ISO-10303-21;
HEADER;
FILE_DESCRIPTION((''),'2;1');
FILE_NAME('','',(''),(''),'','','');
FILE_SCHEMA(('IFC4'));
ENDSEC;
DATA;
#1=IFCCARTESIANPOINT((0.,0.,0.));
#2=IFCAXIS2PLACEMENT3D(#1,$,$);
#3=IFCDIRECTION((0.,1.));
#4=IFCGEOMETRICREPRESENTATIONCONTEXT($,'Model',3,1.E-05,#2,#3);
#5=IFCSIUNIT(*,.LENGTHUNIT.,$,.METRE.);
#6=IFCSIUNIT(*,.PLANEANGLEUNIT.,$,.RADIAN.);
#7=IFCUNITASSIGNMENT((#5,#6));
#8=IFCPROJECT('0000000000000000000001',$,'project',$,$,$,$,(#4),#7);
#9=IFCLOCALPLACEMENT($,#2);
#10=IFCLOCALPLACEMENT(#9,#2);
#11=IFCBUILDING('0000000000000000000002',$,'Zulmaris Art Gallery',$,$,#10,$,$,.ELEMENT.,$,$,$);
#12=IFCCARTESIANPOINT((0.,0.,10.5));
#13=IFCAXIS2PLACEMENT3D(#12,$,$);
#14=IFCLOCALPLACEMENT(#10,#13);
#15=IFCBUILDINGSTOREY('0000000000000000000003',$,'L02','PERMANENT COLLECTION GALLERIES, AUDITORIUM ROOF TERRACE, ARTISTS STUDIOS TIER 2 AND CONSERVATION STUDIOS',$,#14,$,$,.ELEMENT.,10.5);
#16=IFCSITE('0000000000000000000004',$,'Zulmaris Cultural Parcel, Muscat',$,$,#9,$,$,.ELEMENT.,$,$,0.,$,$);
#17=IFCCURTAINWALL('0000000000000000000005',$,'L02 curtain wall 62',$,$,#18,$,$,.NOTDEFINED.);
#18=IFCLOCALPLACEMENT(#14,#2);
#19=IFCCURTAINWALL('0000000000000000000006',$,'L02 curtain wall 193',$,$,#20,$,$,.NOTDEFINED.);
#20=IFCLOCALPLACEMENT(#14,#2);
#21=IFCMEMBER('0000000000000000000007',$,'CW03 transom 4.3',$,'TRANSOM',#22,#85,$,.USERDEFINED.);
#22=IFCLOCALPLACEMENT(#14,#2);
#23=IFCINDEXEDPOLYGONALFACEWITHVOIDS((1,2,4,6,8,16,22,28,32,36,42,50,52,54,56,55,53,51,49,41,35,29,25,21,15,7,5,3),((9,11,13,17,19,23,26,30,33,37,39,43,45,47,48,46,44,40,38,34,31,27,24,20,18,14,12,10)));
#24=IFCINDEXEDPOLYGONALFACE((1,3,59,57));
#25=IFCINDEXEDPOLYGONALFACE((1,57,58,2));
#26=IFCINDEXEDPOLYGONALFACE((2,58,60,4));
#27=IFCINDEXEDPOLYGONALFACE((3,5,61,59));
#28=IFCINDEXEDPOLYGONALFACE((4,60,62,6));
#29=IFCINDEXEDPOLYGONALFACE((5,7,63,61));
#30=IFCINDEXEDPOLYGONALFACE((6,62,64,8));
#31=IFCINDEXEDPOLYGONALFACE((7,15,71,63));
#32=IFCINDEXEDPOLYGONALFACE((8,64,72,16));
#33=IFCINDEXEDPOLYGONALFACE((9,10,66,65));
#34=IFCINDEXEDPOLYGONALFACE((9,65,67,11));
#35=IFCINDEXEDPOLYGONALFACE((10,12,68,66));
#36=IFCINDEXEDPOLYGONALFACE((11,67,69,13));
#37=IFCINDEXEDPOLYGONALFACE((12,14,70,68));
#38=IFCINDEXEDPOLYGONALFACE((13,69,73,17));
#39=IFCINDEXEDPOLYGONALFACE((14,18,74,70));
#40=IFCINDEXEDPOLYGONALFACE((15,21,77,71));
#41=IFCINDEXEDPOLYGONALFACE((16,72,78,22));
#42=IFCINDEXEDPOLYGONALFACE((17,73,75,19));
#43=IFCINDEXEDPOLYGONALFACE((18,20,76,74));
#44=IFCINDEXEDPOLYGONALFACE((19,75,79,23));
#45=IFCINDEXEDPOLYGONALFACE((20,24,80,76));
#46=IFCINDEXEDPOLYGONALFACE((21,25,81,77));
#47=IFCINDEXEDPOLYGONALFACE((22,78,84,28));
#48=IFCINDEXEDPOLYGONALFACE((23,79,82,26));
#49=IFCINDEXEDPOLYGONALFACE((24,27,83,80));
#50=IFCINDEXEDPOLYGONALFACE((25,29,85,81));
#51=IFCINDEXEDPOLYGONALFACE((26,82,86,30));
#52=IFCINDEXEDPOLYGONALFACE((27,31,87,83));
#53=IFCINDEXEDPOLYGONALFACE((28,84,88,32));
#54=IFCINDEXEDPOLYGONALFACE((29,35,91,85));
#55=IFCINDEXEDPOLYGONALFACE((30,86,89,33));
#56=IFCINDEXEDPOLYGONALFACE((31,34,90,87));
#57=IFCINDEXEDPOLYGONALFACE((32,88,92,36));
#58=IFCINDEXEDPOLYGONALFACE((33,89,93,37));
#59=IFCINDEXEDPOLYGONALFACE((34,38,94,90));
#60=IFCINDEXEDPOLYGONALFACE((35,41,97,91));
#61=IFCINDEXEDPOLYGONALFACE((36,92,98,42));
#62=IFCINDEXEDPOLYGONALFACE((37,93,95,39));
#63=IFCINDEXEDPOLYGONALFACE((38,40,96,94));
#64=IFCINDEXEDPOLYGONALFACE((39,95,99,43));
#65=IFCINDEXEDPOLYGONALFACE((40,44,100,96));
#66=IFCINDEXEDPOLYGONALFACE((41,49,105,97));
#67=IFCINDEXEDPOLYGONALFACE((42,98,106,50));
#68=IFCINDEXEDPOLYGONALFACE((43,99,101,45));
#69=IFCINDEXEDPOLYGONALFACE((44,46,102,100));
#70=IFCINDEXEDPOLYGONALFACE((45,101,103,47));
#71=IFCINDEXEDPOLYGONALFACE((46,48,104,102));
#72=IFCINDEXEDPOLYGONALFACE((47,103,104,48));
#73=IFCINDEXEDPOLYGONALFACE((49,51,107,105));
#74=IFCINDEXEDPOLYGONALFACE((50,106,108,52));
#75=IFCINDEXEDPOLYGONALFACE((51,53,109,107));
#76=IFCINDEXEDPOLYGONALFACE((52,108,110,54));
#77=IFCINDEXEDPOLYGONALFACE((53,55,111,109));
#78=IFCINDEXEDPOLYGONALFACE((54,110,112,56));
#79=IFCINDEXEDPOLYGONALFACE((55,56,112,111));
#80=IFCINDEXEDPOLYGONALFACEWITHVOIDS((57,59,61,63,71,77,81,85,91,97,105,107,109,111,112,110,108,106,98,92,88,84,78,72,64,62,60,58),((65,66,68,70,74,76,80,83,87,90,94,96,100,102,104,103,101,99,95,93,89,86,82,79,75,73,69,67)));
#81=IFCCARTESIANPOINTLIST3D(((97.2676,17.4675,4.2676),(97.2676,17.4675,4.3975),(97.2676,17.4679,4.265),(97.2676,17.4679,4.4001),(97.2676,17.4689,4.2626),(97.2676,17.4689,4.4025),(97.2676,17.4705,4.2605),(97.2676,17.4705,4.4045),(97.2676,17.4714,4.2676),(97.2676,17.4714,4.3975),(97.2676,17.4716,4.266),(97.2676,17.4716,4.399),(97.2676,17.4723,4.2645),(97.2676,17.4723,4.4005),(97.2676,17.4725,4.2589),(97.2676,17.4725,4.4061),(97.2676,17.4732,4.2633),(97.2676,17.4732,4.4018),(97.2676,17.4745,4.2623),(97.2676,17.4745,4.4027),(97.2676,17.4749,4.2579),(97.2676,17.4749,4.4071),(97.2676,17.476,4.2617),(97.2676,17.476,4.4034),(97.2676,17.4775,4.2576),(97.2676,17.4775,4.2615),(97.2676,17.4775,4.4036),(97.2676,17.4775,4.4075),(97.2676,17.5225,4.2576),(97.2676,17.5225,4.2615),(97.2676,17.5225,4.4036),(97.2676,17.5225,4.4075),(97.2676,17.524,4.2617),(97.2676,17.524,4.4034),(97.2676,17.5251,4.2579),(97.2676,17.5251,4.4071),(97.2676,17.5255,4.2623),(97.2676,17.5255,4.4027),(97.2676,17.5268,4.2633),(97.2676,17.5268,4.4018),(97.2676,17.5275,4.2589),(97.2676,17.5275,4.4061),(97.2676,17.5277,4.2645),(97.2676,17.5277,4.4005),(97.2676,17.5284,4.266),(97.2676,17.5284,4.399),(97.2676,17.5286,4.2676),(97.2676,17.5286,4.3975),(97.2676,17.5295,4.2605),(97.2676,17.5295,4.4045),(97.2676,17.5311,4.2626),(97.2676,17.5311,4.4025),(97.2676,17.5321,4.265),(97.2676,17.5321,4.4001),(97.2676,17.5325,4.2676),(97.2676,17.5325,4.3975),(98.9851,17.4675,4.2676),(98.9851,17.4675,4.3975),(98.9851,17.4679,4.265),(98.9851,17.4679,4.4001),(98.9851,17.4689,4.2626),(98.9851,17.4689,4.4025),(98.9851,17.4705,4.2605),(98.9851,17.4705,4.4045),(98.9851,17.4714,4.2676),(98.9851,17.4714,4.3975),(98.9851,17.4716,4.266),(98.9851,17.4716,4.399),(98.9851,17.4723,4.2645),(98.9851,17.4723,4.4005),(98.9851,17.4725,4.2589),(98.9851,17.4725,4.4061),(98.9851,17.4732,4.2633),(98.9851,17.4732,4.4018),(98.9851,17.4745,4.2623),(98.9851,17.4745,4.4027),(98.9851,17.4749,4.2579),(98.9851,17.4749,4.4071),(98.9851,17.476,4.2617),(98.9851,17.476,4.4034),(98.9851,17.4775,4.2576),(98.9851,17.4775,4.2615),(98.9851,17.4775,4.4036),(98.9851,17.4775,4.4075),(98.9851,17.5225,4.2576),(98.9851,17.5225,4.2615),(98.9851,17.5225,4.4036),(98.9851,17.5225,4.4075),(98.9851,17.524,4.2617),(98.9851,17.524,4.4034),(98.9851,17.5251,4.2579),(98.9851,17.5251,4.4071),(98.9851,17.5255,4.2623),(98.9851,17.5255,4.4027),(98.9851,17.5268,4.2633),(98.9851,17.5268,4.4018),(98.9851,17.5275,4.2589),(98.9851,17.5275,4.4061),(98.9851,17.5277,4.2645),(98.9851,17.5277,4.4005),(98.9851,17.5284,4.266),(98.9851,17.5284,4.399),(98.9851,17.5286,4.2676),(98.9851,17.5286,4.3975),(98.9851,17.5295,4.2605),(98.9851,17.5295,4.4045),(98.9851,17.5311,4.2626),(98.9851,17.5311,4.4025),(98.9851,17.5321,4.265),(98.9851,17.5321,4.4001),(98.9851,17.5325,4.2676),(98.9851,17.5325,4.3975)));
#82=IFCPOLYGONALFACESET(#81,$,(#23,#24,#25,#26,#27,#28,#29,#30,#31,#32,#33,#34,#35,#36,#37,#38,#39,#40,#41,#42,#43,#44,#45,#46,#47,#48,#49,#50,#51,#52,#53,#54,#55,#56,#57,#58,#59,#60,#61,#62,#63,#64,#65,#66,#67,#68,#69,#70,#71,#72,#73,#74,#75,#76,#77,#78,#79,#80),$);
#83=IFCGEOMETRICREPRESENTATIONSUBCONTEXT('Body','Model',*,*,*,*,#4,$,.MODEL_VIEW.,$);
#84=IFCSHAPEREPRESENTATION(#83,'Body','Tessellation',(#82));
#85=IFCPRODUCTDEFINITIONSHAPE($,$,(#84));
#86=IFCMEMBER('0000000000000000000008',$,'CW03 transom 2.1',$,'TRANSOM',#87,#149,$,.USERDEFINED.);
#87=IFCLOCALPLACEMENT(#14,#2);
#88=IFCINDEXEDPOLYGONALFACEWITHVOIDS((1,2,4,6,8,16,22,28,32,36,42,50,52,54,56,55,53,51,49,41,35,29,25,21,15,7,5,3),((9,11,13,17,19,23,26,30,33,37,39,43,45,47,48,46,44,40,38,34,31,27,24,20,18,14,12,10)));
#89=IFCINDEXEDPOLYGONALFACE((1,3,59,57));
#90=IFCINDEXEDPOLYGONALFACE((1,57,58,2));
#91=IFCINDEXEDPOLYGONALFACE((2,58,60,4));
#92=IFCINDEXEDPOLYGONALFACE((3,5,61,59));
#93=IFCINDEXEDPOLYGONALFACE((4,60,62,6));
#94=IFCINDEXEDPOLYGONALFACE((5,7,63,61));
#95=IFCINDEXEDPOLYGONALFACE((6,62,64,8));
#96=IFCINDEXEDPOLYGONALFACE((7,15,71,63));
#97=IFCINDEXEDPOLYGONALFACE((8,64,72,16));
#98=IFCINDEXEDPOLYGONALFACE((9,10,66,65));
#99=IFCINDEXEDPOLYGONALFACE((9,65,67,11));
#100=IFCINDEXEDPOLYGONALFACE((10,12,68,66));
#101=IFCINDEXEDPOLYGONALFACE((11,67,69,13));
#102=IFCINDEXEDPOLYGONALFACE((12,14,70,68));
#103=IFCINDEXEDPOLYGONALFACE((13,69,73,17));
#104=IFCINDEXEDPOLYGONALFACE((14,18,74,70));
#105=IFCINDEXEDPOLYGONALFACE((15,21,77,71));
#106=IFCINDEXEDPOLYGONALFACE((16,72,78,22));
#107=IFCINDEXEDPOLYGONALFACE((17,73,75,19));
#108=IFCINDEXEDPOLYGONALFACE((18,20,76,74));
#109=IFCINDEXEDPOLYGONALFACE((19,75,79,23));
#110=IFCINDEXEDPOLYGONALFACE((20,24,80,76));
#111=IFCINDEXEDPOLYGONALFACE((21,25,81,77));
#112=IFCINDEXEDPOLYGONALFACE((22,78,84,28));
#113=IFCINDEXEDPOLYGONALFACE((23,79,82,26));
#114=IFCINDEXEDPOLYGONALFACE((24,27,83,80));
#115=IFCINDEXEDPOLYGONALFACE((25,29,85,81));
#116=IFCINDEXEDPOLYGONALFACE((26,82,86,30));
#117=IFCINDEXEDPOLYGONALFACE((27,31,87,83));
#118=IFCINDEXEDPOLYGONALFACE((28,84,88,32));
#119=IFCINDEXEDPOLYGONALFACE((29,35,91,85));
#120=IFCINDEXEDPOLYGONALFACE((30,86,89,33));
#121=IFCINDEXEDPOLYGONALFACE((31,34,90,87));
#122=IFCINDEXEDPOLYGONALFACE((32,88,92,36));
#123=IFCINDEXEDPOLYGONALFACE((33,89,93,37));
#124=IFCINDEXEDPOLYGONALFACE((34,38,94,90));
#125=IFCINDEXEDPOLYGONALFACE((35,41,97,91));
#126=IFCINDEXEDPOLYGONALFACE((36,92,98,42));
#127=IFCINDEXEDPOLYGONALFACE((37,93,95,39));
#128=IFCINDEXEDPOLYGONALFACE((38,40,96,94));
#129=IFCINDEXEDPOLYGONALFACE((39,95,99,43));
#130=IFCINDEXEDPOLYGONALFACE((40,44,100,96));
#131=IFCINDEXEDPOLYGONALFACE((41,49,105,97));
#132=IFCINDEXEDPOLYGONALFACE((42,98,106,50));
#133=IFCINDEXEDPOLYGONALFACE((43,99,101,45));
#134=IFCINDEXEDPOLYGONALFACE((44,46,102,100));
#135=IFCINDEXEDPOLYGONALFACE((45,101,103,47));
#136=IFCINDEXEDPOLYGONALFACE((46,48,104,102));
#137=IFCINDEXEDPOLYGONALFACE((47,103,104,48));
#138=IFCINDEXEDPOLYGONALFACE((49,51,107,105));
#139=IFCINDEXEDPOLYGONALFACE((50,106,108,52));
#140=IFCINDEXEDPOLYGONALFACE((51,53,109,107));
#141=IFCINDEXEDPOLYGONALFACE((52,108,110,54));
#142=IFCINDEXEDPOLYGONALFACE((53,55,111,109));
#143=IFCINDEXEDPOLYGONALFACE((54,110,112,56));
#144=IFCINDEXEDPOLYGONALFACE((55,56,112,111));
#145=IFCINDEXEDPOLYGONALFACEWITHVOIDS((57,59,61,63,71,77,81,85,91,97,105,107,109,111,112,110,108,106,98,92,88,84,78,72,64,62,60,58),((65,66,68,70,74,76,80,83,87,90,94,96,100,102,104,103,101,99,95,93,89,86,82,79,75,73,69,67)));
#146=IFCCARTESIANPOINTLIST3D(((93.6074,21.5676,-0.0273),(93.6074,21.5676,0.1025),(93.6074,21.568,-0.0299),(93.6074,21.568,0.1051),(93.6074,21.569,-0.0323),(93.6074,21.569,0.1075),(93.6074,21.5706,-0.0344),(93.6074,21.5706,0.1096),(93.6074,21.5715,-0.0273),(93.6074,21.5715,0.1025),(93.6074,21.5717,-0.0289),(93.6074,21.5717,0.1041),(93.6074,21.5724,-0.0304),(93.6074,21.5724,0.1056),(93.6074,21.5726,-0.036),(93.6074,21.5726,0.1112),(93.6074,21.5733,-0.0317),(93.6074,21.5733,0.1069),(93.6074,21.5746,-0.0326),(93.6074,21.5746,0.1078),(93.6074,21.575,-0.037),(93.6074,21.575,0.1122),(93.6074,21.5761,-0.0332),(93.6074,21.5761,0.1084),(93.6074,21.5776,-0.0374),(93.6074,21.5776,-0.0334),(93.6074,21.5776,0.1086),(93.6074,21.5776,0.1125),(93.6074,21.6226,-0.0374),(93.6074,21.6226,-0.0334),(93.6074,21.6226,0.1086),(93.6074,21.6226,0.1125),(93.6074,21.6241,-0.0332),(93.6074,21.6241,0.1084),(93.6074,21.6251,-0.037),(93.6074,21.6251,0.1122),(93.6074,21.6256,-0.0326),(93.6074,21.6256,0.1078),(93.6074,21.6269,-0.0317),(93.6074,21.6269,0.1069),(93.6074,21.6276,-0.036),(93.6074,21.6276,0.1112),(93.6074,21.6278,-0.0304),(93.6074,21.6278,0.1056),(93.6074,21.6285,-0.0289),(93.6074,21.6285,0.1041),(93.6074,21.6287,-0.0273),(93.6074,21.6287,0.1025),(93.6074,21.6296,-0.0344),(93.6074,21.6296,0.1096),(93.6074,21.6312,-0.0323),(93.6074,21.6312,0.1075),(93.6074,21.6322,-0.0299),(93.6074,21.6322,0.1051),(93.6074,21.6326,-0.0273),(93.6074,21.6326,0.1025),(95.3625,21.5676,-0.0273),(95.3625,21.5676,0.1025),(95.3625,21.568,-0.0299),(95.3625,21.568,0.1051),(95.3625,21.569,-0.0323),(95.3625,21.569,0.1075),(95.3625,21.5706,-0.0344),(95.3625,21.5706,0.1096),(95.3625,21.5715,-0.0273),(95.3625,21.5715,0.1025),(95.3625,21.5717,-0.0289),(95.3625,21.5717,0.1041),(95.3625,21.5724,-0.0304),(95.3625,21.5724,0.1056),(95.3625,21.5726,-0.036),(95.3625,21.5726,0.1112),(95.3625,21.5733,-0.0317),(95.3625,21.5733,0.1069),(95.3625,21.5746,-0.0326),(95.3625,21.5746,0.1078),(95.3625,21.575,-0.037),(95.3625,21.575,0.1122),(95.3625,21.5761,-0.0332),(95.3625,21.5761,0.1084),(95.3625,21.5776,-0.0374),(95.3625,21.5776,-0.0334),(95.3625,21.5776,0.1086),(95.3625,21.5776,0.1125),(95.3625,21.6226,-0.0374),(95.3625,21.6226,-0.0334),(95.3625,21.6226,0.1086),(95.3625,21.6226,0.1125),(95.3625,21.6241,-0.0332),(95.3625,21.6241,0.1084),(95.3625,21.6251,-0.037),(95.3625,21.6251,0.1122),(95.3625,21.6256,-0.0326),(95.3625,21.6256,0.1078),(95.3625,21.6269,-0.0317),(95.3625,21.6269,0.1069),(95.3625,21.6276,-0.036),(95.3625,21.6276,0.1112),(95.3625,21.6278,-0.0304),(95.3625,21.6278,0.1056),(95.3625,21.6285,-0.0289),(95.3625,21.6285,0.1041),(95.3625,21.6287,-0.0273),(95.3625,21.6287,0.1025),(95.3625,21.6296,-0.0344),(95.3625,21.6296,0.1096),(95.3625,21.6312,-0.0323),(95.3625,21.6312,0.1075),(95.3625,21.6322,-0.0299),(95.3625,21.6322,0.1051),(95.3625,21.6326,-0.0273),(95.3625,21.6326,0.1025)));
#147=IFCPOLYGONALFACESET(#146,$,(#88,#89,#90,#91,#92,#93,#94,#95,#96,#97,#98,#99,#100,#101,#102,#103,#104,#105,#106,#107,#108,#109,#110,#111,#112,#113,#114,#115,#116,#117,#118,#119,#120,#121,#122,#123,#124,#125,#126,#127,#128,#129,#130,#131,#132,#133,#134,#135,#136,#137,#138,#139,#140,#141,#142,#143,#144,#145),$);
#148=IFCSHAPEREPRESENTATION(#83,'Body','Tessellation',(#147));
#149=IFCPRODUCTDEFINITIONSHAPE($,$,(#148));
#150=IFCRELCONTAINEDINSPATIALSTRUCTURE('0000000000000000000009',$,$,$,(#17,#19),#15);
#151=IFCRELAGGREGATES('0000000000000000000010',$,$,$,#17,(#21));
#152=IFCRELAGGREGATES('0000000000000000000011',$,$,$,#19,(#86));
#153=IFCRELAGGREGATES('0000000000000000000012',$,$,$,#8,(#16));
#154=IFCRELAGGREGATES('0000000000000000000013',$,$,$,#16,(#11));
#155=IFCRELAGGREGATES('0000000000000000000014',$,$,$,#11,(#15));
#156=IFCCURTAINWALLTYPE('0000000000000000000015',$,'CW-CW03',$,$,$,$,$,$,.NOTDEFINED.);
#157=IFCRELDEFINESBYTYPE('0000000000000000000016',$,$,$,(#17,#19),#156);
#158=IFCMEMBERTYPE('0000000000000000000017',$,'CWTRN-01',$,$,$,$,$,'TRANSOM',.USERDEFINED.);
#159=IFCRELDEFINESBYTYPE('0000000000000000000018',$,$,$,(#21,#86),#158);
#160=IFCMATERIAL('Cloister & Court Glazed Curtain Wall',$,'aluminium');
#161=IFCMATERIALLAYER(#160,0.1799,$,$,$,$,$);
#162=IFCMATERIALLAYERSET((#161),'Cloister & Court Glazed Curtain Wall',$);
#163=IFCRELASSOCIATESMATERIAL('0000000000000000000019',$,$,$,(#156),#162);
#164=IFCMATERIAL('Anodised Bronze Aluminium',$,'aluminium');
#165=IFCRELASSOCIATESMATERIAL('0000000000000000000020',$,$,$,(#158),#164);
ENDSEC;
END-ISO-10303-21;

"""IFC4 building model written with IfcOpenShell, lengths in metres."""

from ifc_helpers import new_model, si_unit, direction, frame, origin, origin_2d, place, context, subcontext, project, spatial, hollow_rectangle, extrude, material, layer, layer_set, material_profile, profile_set, type_object, element, aggregate, save


model = new_model("IFC4")

# Units and contexts
model_context = context("Model", 3, precision=1e-05, world=origin(), true_north=direction((0.0, 1.0)))
body_context = subcontext(model_context, "Body", "Model", "MODEL_VIEW")
ifc_project = project(units=[si_unit("LENGTHUNIT", "METRE"), si_unit("PLANEANGLEUNIT", "RADIAN")], contexts=[model_context])

# Site, building, storey
site_placement = place(None, origin())
site = spatial("IfcSite", under=ifc_project, at=site_placement, Name="Zulmaris Cultural Parcel, Muscat", CompositionType="ELEMENT", RefElevation=0.0)
building_placement = place(site_placement, origin())
building = spatial("IfcBuilding", under=site, at=building_placement, Name="Zulmaris Art Gallery", CompositionType="ELEMENT")
storey_placement = place(building_placement, frame((0.0, 0.0, 10.5)))
storey = spatial("IfcBuildingStorey", under=building, at=storey_placement, Name="L02", Description="PERMANENT COLLECTION GALLERIES, AUDITORIUM ROOF TERRACE, ARTISTS STUDIOS TIER 2 AND CONSERVATION STUDIOS", CompositionType="ELEMENT", Elevation=10.5)

# Curtain walls
ifc_material_1 = material(Name="Cloister & Court Glazed Curtain Wall", Category="aluminium")
ifc_layer_1 = layer(ifc_material_1, 0.1799)
ifc_layer_set_1 = layer_set([ifc_layer_1], Name="Cloister & Court Glazed Curtain Wall")
curtain_wall_type = type_object("IfcCurtainWallType", Name="CW-CW03", PredefinedType="NOTDEFINED", material=ifc_layer_set_1)
curtain_wall_1_placement = place(storey_placement, origin())
curtain_wall_1 = element("IfcCurtainWall", 1, at=curtain_wall_1_placement, inside=storey, type_object=curtain_wall_type, Name="L02 curtain wall 62", PredefinedType="NOTDEFINED")
ifc_material_2 = material(Name="Anodised Bronze Aluminium", Category="aluminium")
curtain_wall_2_placement = place(storey_placement, origin())
curtain_wall_2 = element("IfcCurtainWall", 2, at=curtain_wall_2_placement, inside=storey, type_object=curtain_wall_type, Name="L02 curtain wall 193", PredefinedType="NOTDEFINED")

# Members
ifc_material_profile_1 = material_profile(ifc_material_2, hollow_rectangle(XDim=0.0649, YDim=0.1499, WallThickness=0.0039, InnerFilletRadius=0.0061, OuterFilletRadius=0.01, at=origin_2d()), Name="ALU 65x150x4")
ifc_profile_set_1 = profile_set([ifc_material_profile_1], Name="Anodised Bronze Aluminium")
member_type_1 = type_object("IfcMemberType", Name="CWTRN-01", ElementType="TRANSOM", PredefinedType="USERDEFINED", material=ifc_profile_set_1)
member_1_placement = place(storey_placement, frame((97.2676, 17.5, 4.3325), z_axis=(1.0, 0.0, 0.0), x_axis=(0.0, 1.0, 0.0)))
member_1 = element("IfcMember", 3, at=member_1_placement, type_object=member_type_1, Name="CW03 transom 4.3", ObjectType="TRANSOM", PredefinedType="USERDEFINED", context=body_context, shape_type="SweptSolid", body=[
    extrude(hollow_rectangle(XDim=0.0649, YDim=0.1499, WallThickness=0.0039, InnerFilletRadius=0.0061, OuterFilletRadius=0.01, at=origin_2d()), origin(), (0.0, 0.0, 1.0), 1.7175),
])
member_2_placement = place(storey_placement, frame((93.6074, 21.6001, 0.0376), z_axis=(1.0, 0.0, 0.0), x_axis=(0.0, 1.0, 0.0)))
member_2 = element("IfcMember", 4, at=member_2_placement, type_object=member_type_1, Name="CW03 transom 2.1", ObjectType="TRANSOM", PredefinedType="USERDEFINED", context=body_context, shape_type="SweptSolid", body=[
    extrude(hollow_rectangle(XDim=0.0649, YDim=0.1499, WallThickness=0.0039, InnerFilletRadius=0.0061, OuterFilletRadius=0.01, at=origin_2d()), origin(), (0.0, 0.0, 1.0), 1.7551),
])

aggregate(curtain_wall_1, [member_1])
aggregate(curtain_wall_2, [member_2])

save(model, "model.ifc")
